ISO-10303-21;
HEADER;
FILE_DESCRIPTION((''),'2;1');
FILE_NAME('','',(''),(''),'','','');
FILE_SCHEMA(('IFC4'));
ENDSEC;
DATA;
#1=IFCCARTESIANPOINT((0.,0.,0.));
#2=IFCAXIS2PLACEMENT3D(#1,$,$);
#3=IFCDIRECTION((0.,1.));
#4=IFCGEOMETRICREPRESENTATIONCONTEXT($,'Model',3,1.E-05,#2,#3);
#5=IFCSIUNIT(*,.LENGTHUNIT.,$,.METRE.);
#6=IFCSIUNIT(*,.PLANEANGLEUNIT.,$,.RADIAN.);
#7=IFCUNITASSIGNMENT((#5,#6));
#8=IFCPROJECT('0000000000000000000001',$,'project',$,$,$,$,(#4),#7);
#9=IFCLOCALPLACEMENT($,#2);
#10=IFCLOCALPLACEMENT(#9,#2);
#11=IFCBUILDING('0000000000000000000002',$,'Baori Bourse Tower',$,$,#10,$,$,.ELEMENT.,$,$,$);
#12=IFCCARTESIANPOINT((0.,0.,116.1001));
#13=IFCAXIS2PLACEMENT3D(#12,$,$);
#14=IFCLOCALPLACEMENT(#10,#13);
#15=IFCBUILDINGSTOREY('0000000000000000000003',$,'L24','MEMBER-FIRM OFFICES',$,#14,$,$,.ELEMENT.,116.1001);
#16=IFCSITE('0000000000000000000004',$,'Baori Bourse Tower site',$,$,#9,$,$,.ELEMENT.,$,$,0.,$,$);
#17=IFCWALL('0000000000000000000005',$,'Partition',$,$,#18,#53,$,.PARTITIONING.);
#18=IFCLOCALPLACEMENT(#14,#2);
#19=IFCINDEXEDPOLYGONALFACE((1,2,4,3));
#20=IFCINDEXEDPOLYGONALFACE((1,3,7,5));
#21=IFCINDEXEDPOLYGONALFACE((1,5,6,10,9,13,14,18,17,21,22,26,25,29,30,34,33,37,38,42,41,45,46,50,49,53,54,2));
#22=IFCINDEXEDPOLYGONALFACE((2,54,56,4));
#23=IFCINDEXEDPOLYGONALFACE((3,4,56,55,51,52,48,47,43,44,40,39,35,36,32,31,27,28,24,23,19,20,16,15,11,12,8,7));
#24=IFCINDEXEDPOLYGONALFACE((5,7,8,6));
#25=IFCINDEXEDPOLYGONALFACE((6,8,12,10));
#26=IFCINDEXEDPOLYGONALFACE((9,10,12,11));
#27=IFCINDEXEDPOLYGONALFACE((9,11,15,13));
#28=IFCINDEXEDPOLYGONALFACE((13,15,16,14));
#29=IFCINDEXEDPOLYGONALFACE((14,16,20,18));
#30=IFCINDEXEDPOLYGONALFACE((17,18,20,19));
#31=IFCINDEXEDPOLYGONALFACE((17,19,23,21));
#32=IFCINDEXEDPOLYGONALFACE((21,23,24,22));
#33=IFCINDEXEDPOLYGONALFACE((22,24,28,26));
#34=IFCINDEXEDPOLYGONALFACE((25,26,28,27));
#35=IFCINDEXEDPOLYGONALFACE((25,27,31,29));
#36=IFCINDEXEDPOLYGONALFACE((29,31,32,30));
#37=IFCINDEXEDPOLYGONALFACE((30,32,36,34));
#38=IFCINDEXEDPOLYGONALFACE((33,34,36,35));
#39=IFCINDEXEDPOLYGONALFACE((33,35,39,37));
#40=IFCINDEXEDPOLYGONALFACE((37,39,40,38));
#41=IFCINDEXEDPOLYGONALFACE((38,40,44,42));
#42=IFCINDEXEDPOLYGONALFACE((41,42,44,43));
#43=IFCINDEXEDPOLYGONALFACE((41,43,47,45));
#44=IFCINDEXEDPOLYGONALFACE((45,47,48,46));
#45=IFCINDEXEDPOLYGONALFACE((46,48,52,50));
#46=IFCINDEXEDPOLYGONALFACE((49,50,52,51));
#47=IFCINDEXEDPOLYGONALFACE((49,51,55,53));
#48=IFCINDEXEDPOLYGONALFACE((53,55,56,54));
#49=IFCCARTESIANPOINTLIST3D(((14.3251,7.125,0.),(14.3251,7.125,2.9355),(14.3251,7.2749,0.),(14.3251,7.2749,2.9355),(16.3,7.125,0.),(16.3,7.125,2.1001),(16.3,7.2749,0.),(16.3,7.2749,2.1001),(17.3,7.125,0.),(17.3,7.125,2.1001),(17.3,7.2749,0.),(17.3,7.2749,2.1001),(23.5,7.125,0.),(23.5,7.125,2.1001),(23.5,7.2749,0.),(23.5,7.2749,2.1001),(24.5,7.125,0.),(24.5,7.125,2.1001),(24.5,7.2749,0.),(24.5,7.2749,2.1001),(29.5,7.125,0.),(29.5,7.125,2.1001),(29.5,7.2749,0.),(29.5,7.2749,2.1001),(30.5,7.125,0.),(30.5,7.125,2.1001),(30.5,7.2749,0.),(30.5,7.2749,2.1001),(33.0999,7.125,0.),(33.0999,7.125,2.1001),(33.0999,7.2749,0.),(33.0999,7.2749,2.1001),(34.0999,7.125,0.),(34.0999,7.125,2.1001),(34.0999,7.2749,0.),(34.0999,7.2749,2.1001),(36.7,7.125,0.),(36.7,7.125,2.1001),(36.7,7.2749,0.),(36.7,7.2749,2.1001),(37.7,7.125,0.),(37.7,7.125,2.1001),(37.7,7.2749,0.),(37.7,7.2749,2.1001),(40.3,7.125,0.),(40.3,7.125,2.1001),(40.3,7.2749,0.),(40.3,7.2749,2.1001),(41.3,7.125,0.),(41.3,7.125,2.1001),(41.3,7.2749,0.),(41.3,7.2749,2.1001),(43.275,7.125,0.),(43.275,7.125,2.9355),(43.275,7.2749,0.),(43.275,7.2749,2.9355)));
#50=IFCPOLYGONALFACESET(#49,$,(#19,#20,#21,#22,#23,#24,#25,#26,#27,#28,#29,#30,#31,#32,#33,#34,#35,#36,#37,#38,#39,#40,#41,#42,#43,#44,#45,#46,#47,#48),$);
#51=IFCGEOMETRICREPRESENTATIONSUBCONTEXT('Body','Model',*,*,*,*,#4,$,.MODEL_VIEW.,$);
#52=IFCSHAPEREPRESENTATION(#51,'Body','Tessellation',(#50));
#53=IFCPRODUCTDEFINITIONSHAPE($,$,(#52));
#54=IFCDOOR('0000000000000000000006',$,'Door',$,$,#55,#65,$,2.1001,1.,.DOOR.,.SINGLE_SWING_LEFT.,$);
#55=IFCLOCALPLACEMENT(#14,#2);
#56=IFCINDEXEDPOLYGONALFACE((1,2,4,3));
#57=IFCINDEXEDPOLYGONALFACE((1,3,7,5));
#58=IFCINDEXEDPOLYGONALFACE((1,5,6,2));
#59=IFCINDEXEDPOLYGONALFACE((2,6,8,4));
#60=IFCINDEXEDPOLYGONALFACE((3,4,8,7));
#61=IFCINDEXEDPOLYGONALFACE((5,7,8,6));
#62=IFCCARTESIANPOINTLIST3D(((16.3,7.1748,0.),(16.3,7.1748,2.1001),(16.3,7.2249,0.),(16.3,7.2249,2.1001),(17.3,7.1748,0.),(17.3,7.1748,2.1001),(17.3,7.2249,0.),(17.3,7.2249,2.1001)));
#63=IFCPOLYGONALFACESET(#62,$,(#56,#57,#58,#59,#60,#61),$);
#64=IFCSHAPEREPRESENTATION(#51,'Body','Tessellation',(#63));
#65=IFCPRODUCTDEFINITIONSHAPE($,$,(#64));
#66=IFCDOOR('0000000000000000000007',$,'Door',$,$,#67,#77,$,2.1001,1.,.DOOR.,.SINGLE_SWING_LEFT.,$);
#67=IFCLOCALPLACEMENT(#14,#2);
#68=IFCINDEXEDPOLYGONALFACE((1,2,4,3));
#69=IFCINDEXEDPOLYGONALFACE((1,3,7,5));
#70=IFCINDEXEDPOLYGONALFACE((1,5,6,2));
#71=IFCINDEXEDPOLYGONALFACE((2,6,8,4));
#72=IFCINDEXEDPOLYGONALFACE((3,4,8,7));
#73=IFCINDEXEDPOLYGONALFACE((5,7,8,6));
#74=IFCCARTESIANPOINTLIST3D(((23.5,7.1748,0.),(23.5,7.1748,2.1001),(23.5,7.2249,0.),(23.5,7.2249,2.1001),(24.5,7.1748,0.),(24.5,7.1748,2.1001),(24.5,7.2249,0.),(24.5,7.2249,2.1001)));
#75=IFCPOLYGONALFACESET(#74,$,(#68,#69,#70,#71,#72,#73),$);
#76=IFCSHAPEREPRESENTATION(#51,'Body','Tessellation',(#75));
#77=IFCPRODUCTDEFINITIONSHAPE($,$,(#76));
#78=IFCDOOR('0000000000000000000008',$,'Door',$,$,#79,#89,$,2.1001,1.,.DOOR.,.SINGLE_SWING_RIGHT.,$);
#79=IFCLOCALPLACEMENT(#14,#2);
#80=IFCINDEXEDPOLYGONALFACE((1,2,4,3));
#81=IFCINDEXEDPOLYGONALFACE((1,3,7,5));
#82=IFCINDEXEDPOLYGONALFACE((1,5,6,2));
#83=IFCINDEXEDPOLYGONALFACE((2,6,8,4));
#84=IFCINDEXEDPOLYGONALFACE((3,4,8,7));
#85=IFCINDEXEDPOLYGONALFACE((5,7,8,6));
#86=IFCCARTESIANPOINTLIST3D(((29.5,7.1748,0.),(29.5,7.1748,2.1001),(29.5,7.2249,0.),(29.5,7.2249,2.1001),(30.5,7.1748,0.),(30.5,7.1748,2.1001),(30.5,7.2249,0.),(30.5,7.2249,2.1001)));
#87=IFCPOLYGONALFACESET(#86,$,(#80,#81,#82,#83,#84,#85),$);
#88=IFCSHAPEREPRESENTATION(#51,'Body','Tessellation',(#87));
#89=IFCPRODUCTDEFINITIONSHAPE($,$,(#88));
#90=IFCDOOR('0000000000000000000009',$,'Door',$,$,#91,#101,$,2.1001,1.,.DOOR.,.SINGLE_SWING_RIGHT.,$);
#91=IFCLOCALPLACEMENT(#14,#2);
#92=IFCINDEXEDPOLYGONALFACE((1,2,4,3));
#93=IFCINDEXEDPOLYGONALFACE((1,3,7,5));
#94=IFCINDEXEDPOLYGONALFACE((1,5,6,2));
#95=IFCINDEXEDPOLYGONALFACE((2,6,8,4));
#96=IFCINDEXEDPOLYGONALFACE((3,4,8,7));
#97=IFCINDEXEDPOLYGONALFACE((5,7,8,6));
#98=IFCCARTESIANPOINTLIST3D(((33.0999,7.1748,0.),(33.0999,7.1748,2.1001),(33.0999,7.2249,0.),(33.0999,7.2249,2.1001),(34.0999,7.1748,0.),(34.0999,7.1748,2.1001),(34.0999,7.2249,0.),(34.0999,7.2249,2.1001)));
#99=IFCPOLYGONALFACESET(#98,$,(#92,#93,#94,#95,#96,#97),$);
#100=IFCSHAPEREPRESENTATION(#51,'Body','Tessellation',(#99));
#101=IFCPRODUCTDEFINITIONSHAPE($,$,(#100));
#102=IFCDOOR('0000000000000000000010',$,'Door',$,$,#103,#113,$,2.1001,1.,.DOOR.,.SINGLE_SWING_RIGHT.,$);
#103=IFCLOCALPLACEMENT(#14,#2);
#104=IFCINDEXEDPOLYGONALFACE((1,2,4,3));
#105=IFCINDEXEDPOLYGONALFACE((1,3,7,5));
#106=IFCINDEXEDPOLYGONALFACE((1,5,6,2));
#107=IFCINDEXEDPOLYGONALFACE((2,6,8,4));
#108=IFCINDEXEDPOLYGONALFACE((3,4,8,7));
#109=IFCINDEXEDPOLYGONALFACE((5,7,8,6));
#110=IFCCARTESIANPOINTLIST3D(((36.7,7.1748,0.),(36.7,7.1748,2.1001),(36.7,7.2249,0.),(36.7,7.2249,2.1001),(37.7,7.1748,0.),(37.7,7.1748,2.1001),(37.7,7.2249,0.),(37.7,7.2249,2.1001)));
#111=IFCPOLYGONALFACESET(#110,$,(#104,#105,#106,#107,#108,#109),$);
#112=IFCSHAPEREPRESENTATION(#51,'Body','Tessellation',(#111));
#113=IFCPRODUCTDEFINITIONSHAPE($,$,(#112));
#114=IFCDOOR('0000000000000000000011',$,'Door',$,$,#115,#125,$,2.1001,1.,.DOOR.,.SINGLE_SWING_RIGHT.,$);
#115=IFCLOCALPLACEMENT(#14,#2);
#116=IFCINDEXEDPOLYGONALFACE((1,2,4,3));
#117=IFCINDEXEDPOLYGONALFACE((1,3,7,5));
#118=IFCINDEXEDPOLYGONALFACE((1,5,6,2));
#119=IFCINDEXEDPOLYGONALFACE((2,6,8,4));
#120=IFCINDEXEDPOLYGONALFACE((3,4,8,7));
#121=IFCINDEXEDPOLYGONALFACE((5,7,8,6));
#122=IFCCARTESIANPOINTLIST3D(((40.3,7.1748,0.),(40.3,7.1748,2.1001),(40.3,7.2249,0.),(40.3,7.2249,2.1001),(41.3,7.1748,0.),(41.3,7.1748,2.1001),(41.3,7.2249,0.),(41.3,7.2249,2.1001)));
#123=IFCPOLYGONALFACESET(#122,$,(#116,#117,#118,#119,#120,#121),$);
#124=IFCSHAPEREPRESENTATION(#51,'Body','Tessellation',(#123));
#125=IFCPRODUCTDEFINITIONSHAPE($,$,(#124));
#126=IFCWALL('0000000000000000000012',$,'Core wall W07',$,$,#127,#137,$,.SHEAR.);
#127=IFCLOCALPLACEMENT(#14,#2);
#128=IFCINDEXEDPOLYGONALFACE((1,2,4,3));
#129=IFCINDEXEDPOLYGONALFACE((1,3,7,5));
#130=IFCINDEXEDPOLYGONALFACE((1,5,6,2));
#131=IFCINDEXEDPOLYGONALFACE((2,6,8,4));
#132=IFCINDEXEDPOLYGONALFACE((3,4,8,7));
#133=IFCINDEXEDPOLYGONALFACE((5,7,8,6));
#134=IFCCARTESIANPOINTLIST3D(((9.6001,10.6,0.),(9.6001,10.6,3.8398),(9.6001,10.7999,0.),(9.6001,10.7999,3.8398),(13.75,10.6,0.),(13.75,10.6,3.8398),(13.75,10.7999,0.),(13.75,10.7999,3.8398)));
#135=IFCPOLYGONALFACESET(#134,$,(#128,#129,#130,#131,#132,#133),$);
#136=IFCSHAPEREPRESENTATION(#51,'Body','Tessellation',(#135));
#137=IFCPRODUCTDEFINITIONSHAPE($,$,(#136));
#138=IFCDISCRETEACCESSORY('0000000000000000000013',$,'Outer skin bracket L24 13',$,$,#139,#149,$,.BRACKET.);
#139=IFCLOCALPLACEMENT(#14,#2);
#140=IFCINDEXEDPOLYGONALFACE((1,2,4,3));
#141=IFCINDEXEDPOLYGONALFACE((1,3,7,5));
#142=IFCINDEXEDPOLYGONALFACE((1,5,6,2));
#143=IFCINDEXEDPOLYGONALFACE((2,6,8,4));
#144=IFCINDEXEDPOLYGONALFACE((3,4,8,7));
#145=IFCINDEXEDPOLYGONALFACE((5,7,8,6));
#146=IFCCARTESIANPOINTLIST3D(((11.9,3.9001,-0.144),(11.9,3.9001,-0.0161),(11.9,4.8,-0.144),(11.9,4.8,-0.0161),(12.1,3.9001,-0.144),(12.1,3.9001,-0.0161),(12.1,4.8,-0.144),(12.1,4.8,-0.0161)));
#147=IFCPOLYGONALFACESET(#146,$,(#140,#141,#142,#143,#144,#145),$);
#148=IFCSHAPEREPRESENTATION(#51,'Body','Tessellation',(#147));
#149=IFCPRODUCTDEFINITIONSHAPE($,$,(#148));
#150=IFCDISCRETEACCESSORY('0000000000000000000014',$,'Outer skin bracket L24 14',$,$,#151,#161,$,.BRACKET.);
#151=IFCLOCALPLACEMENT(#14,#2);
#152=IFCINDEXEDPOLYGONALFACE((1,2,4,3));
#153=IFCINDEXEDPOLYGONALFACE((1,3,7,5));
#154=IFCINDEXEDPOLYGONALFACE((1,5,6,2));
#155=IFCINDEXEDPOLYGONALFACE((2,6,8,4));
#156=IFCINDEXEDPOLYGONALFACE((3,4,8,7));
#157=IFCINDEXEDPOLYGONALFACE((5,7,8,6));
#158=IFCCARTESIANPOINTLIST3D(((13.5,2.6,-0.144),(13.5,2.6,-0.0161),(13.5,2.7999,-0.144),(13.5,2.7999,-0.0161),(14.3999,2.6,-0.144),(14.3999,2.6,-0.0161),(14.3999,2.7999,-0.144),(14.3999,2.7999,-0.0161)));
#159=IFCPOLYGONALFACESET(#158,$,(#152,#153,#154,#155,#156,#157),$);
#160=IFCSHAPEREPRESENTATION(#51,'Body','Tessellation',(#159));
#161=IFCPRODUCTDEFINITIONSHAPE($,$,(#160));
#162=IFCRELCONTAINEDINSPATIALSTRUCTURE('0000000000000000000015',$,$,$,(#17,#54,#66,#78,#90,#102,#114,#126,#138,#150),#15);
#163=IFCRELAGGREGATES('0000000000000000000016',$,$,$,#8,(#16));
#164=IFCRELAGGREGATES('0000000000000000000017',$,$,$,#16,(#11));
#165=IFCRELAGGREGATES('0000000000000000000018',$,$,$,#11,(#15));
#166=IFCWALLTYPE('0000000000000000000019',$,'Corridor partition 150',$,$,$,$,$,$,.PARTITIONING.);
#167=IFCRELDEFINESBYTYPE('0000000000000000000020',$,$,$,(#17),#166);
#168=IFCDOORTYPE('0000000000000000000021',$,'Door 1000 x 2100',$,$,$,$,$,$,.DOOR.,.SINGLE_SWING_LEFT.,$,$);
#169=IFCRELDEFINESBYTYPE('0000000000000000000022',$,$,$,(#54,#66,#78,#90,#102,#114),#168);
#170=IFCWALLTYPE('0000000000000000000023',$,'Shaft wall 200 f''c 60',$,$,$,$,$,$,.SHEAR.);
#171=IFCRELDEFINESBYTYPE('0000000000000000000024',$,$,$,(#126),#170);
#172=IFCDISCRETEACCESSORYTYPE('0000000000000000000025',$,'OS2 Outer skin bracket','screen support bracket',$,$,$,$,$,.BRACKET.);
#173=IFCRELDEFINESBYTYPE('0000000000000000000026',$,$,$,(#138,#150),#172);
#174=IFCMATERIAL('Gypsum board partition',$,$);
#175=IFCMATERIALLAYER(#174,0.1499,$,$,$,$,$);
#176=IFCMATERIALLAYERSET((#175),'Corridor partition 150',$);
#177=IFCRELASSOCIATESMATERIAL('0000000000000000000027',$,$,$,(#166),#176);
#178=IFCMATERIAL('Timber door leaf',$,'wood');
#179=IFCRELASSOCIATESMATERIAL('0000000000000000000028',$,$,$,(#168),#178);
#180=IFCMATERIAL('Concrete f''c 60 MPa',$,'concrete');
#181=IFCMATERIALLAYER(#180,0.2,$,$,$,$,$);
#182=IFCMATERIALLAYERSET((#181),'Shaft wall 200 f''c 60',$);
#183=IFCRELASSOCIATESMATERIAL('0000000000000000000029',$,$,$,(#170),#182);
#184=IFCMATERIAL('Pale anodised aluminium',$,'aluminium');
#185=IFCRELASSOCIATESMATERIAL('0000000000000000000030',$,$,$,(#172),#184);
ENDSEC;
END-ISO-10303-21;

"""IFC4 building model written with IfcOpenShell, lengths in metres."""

from ifc_helpers import new_model, si_unit, direction, frame, frame_2d, origin, origin_2d, place, context, subcontext, project, spatial, rectangle, extrude, material, layer, layer_set, type_object, element, fill, save


model = new_model("IFC4")

# Units and contexts
model_context = context("Model", 3, precision=1e-05, world=origin(), true_north=direction((0.0, 1.0)))
body_context = subcontext(model_context, "Body", "Model", "MODEL_VIEW")
ifc_project = project(units=[si_unit("LENGTHUNIT", "METRE"), si_unit("PLANEANGLEUNIT", "RADIAN")], contexts=[model_context])

# Site, building, storey
site_placement = place(None, origin())
site = spatial("IfcSite", under=ifc_project, at=site_placement, Name="Baori Bourse Tower site", CompositionType="ELEMENT", RefElevation=0.0)
building_placement = place(site_placement, origin())
building = spatial("IfcBuilding", under=site, at=building_placement, Name="Baori Bourse Tower", CompositionType="ELEMENT")
storey_placement = place(building_placement, frame((0.0, 0.0, 116.1001)))
storey = spatial("IfcBuildingStorey", under=building, at=storey_placement, Name="L24", Description="MEMBER-FIRM OFFICES", CompositionType="ELEMENT", Elevation=116.1001)

# Wall, openings, doors
ifc_material_1 = material(Name="Gypsum board partition")
ifc_layer_1 = layer(ifc_material_1, 0.1499)
ifc_layer_set_1 = layer_set([ifc_layer_1], Name="Corridor partition 150")
wall_type_1 = type_object("IfcWallType", Name="Corridor partition 150", PredefinedType="PARTITIONING", material=ifc_layer_set_1)
wall_1_placement = place(storey_placement, frame((14.325, 7.2, 0.0), z_axis=(0.0, 0.0, 1.0), x_axis=(1.0, 0.0, 0.0)))
wall_1 = element("IfcWall", 1, at=wall_1_placement, inside=storey, type_object=wall_type_1, Name="Partition", PredefinedType="PARTITIONING", context=body_context, shape_type="SweptSolid", body=[
    extrude(rectangle(XDim=28.95, YDim=0.1499, at=frame_2d((14.4751, 0.0))), origin(), (0.0, 0.0, 1.0), 2.9355),
])
opening_1_placement = place(wall_1_placement, frame((1.9751, 0.0, 0.0)))
opening_1 = element("IfcOpeningElement", 2, at=opening_1_placement, cuts=wall_1, PredefinedType="OPENING", context=body_context, shape_type="SweptSolid", body=[
    extrude(rectangle(XDim=1.0, YDim=2.1001, at=frame_2d((0.5, 1.05))), frame((0.0, 0.085, 0.0), z_axis=(0.0, -1.0, 0.0), x_axis=(1.0, 0.0, 0.0)), (0.0, 0.0, 1.0), 0.1699),
])
opening_2_placement = place(wall_1_placement, frame((9.175, 0.0, 0.0)))
opening_2 = element("IfcOpeningElement", 3, at=opening_2_placement, cuts=wall_1, PredefinedType="OPENING", context=body_context, shape_type="SweptSolid", body=[
    extrude(rectangle(XDim=1.0, YDim=2.1001, at=frame_2d((0.5, 1.05))), frame((0.0, 0.085, 0.0), z_axis=(0.0, -1.0, 0.0), x_axis=(1.0, 0.0, 0.0)), (0.0, 0.0, 1.0), 0.1699),
])
opening_3_placement = place(wall_1_placement, frame((15.175, 0.0, 0.0)))
opening_3 = element("IfcOpeningElement", 4, at=opening_3_placement, cuts=wall_1, PredefinedType="OPENING", context=body_context, shape_type="SweptSolid", body=[
    extrude(rectangle(XDim=1.0, YDim=2.1001, at=frame_2d((0.5, 1.05))), frame((0.0, 0.085, 0.0), z_axis=(0.0, -1.0, 0.0), x_axis=(1.0, 0.0, 0.0)), (0.0, 0.0, 1.0), 0.1699),
])
opening_4_placement = place(wall_1_placement, frame((18.7749, 0.0, 0.0)))
opening_4 = element("IfcOpeningElement", 5, at=opening_4_placement, cuts=wall_1, PredefinedType="OPENING", context=body_context, shape_type="SweptSolid", body=[
    extrude(rectangle(XDim=1.0, YDim=2.1001, at=frame_2d((0.5, 1.05))), frame((0.0, 0.085, 0.0), z_axis=(0.0, -1.0, 0.0), x_axis=(1.0, 0.0, 0.0)), (0.0, 0.0, 1.0), 0.1699),
])
opening_5_placement = place(wall_1_placement, frame((22.375, 0.0, 0.0)))
opening_5 = element("IfcOpeningElement", 6, at=opening_5_placement, cuts=wall_1, PredefinedType="OPENING", context=body_context, shape_type="SweptSolid", body=[
    extrude(rectangle(XDim=1.0, YDim=2.1001, at=frame_2d((0.5, 1.05))), frame((0.0, 0.085, 0.0), z_axis=(0.0, -1.0, 0.0), x_axis=(1.0, 0.0, 0.0)), (0.0, 0.0, 1.0), 0.1699),
])
opening_6_placement = place(wall_1_placement, frame((25.9751, 0.0, 0.0)))
opening_6 = element("IfcOpeningElement", 7, at=opening_6_placement, cuts=wall_1, PredefinedType="OPENING", context=body_context, shape_type="SweptSolid", body=[
    extrude(rectangle(XDim=1.0, YDim=2.1001, at=frame_2d((0.5, 1.05))), frame((0.0, 0.085, 0.0), z_axis=(0.0, -1.0, 0.0), x_axis=(1.0, 0.0, 0.0)), (0.0, 0.0, 1.0), 0.1699),
])
ifc_material_2 = material(Name="Timber door leaf", Category="wood")
door_type = type_object("IfcDoorType", Name="Door 1000 x 2100", OperationType="SINGLE_SWING_LEFT", PredefinedType="DOOR", material=ifc_material_2)
door_1_placement = place(opening_1_placement, origin())
door_1 = element("IfcDoor", 8, at=door_1_placement, inside=storey, type_object=door_type, Name="Door", OperationType="SINGLE_SWING_LEFT", OverallHeight=2.1001, OverallWidth=1.0, PredefinedType="DOOR", context=body_context, shape_type="SweptSolid", body=[
    extrude(rectangle(XDim=1.0, YDim=2.1001, at=frame_2d((0.5, 1.05))), frame((0.0, 0.0249, 0.0), z_axis=(0.0, -1.0, 0.0), x_axis=(1.0, 0.0, 0.0)), (0.0, 0.0, 1.0), 0.05),
])
fill(opening_1, door_1)
door_2_placement = place(opening_2_placement, origin())
door_2 = element("IfcDoor", 9, at=door_2_placement, inside=storey, type_object=door_type, Name="Door", OperationType="SINGLE_SWING_LEFT", OverallHeight=2.1001, OverallWidth=1.0, PredefinedType="DOOR", context=body_context, shape_type="SweptSolid", body=[
    extrude(rectangle(XDim=1.0, YDim=2.1001, at=frame_2d((0.5, 1.05))), frame((0.0, 0.0249, 0.0), z_axis=(0.0, -1.0, 0.0), x_axis=(1.0, 0.0, 0.0)), (0.0, 0.0, 1.0), 0.05),
])
fill(opening_2, door_2)
door_3_placement = place(opening_3_placement, origin())
door_3 = element("IfcDoor", 10, at=door_3_placement, inside=storey, type_object=door_type, Name="Door", OperationType="SINGLE_SWING_RIGHT", OverallHeight=2.1001, OverallWidth=1.0, PredefinedType="DOOR", context=body_context, shape_type="SweptSolid", body=[
    extrude(rectangle(XDim=1.0, YDim=2.1001, at=frame_2d((0.5, 1.05))), frame((0.0, 0.0249, 0.0), z_axis=(0.0, -1.0, 0.0), x_axis=(1.0, 0.0, 0.0)), (0.0, 0.0, 1.0), 0.05),
])
fill(opening_3, door_3)
door_4_placement = place(opening_4_placement, origin())
door_4 = element("IfcDoor", 11, at=door_4_placement, inside=storey, type_object=door_type, Name="Door", OperationType="SINGLE_SWING_RIGHT", OverallHeight=2.1001, OverallWidth=1.0, PredefinedType="DOOR", context=body_context, shape_type="SweptSolid", body=[
    extrude(rectangle(XDim=1.0, YDim=2.1001, at=frame_2d((0.5, 1.05))), frame((0.0, 0.0249, 0.0), z_axis=(0.0, -1.0, 0.0), x_axis=(1.0, 0.0, 0.0)), (0.0, 0.0, 1.0), 0.05),
])
fill(opening_4, door_4)
door_5_placement = place(opening_5_placement, origin())
door_5 = element("IfcDoor", 12, at=door_5_placement, inside=storey, type_object=door_type, Name="Door", OperationType="SINGLE_SWING_RIGHT", OverallHeight=2.1001, OverallWidth=1.0, PredefinedType="DOOR", context=body_context, shape_type="SweptSolid", body=[
    extrude(rectangle(XDim=1.0, YDim=2.1001, at=frame_2d((0.5, 1.05))), frame((0.0, 0.0249, 0.0), z_axis=(0.0, -1.0, 0.0), x_axis=(1.0, 0.0, 0.0)), (0.0, 0.0, 1.0), 0.05),
])
fill(opening_5, door_5)
door_6_placement = place(opening_6_placement, origin())
door_6 = element("IfcDoor", 13, at=door_6_placement, inside=storey, type_object=door_type, Name="Door", OperationType="SINGLE_SWING_RIGHT", OverallHeight=2.1001, OverallWidth=1.0, PredefinedType="DOOR", context=body_context, shape_type="SweptSolid", body=[
    extrude(rectangle(XDim=1.0, YDim=2.1001, at=frame_2d((0.5, 1.05))), frame((0.0, 0.0249, 0.0), z_axis=(0.0, -1.0, 0.0), x_axis=(1.0, 0.0, 0.0)), (0.0, 0.0, 1.0), 0.05),
])
fill(opening_6, door_6)

# Wall
ifc_material_3 = material(Name="Concrete f'c 60 MPa", Category="concrete")
ifc_layer_2 = layer(ifc_material_3, 0.2)
ifc_layer_set_2 = layer_set([ifc_layer_2], Name="Shaft wall 200 f'c 60")
wall_type_2 = type_object("IfcWallType", Name="Shaft wall 200 f'c 60", PredefinedType="SHEAR", material=ifc_layer_set_2)
wall_2_placement = place(storey_placement, frame((9.6001, 10.7, 0.0), z_axis=(0.0, 0.0, 1.0), x_axis=(1.0, 0.0, 0.0)))
element("IfcWall", 14, at=wall_2_placement, inside=storey, type_object=wall_type_2, Name="Core wall W07", PredefinedType="SHEAR", context=body_context, shape_type="SweptSolid", body=[
    extrude(rectangle(XDim=4.1499, YDim=0.2, at=frame_2d((2.075, 0.0))), origin(), (0.0, 0.0, 1.0), 3.8398),
])

# Discrete accessories
ifc_material_4 = material(Name="Pale anodised aluminium", Category="aluminium")
discrete_accessory_type = type_object("IfcDiscreteAccessoryType", Name="OS2 Outer skin bracket", Description="screen support bracket", PredefinedType="BRACKET", material=ifc_material_4)
for number, where, z_axis, x_axis, name in (
    (15, (12.0, 4.3501, -0.144), (0.0, 0.0, 1.0), (1.0, 0.0, 0.0), "Outer skin bracket L24 13"),
    (16, (13.95, 2.7, -0.144), (0.0, 0.0, 1.0), (0.0, -1.0, 0.0), "Outer skin bracket L24 14"),
):
    element("IfcDiscreteAccessory", number, at=place(storey_placement, frame(where, z_axis=z_axis, x_axis=x_axis)), inside=storey, type_object=discrete_accessory_type, Name=name, PredefinedType="BRACKET", context=body_context, shape_type="SweptSolid", body=[
        extrude(rectangle(XDim=0.2, YDim=0.8999, at=origin_2d()), origin(), (0.0, 0.0, 1.0), 0.1279),
    ])

save(model, "model.ifc")
